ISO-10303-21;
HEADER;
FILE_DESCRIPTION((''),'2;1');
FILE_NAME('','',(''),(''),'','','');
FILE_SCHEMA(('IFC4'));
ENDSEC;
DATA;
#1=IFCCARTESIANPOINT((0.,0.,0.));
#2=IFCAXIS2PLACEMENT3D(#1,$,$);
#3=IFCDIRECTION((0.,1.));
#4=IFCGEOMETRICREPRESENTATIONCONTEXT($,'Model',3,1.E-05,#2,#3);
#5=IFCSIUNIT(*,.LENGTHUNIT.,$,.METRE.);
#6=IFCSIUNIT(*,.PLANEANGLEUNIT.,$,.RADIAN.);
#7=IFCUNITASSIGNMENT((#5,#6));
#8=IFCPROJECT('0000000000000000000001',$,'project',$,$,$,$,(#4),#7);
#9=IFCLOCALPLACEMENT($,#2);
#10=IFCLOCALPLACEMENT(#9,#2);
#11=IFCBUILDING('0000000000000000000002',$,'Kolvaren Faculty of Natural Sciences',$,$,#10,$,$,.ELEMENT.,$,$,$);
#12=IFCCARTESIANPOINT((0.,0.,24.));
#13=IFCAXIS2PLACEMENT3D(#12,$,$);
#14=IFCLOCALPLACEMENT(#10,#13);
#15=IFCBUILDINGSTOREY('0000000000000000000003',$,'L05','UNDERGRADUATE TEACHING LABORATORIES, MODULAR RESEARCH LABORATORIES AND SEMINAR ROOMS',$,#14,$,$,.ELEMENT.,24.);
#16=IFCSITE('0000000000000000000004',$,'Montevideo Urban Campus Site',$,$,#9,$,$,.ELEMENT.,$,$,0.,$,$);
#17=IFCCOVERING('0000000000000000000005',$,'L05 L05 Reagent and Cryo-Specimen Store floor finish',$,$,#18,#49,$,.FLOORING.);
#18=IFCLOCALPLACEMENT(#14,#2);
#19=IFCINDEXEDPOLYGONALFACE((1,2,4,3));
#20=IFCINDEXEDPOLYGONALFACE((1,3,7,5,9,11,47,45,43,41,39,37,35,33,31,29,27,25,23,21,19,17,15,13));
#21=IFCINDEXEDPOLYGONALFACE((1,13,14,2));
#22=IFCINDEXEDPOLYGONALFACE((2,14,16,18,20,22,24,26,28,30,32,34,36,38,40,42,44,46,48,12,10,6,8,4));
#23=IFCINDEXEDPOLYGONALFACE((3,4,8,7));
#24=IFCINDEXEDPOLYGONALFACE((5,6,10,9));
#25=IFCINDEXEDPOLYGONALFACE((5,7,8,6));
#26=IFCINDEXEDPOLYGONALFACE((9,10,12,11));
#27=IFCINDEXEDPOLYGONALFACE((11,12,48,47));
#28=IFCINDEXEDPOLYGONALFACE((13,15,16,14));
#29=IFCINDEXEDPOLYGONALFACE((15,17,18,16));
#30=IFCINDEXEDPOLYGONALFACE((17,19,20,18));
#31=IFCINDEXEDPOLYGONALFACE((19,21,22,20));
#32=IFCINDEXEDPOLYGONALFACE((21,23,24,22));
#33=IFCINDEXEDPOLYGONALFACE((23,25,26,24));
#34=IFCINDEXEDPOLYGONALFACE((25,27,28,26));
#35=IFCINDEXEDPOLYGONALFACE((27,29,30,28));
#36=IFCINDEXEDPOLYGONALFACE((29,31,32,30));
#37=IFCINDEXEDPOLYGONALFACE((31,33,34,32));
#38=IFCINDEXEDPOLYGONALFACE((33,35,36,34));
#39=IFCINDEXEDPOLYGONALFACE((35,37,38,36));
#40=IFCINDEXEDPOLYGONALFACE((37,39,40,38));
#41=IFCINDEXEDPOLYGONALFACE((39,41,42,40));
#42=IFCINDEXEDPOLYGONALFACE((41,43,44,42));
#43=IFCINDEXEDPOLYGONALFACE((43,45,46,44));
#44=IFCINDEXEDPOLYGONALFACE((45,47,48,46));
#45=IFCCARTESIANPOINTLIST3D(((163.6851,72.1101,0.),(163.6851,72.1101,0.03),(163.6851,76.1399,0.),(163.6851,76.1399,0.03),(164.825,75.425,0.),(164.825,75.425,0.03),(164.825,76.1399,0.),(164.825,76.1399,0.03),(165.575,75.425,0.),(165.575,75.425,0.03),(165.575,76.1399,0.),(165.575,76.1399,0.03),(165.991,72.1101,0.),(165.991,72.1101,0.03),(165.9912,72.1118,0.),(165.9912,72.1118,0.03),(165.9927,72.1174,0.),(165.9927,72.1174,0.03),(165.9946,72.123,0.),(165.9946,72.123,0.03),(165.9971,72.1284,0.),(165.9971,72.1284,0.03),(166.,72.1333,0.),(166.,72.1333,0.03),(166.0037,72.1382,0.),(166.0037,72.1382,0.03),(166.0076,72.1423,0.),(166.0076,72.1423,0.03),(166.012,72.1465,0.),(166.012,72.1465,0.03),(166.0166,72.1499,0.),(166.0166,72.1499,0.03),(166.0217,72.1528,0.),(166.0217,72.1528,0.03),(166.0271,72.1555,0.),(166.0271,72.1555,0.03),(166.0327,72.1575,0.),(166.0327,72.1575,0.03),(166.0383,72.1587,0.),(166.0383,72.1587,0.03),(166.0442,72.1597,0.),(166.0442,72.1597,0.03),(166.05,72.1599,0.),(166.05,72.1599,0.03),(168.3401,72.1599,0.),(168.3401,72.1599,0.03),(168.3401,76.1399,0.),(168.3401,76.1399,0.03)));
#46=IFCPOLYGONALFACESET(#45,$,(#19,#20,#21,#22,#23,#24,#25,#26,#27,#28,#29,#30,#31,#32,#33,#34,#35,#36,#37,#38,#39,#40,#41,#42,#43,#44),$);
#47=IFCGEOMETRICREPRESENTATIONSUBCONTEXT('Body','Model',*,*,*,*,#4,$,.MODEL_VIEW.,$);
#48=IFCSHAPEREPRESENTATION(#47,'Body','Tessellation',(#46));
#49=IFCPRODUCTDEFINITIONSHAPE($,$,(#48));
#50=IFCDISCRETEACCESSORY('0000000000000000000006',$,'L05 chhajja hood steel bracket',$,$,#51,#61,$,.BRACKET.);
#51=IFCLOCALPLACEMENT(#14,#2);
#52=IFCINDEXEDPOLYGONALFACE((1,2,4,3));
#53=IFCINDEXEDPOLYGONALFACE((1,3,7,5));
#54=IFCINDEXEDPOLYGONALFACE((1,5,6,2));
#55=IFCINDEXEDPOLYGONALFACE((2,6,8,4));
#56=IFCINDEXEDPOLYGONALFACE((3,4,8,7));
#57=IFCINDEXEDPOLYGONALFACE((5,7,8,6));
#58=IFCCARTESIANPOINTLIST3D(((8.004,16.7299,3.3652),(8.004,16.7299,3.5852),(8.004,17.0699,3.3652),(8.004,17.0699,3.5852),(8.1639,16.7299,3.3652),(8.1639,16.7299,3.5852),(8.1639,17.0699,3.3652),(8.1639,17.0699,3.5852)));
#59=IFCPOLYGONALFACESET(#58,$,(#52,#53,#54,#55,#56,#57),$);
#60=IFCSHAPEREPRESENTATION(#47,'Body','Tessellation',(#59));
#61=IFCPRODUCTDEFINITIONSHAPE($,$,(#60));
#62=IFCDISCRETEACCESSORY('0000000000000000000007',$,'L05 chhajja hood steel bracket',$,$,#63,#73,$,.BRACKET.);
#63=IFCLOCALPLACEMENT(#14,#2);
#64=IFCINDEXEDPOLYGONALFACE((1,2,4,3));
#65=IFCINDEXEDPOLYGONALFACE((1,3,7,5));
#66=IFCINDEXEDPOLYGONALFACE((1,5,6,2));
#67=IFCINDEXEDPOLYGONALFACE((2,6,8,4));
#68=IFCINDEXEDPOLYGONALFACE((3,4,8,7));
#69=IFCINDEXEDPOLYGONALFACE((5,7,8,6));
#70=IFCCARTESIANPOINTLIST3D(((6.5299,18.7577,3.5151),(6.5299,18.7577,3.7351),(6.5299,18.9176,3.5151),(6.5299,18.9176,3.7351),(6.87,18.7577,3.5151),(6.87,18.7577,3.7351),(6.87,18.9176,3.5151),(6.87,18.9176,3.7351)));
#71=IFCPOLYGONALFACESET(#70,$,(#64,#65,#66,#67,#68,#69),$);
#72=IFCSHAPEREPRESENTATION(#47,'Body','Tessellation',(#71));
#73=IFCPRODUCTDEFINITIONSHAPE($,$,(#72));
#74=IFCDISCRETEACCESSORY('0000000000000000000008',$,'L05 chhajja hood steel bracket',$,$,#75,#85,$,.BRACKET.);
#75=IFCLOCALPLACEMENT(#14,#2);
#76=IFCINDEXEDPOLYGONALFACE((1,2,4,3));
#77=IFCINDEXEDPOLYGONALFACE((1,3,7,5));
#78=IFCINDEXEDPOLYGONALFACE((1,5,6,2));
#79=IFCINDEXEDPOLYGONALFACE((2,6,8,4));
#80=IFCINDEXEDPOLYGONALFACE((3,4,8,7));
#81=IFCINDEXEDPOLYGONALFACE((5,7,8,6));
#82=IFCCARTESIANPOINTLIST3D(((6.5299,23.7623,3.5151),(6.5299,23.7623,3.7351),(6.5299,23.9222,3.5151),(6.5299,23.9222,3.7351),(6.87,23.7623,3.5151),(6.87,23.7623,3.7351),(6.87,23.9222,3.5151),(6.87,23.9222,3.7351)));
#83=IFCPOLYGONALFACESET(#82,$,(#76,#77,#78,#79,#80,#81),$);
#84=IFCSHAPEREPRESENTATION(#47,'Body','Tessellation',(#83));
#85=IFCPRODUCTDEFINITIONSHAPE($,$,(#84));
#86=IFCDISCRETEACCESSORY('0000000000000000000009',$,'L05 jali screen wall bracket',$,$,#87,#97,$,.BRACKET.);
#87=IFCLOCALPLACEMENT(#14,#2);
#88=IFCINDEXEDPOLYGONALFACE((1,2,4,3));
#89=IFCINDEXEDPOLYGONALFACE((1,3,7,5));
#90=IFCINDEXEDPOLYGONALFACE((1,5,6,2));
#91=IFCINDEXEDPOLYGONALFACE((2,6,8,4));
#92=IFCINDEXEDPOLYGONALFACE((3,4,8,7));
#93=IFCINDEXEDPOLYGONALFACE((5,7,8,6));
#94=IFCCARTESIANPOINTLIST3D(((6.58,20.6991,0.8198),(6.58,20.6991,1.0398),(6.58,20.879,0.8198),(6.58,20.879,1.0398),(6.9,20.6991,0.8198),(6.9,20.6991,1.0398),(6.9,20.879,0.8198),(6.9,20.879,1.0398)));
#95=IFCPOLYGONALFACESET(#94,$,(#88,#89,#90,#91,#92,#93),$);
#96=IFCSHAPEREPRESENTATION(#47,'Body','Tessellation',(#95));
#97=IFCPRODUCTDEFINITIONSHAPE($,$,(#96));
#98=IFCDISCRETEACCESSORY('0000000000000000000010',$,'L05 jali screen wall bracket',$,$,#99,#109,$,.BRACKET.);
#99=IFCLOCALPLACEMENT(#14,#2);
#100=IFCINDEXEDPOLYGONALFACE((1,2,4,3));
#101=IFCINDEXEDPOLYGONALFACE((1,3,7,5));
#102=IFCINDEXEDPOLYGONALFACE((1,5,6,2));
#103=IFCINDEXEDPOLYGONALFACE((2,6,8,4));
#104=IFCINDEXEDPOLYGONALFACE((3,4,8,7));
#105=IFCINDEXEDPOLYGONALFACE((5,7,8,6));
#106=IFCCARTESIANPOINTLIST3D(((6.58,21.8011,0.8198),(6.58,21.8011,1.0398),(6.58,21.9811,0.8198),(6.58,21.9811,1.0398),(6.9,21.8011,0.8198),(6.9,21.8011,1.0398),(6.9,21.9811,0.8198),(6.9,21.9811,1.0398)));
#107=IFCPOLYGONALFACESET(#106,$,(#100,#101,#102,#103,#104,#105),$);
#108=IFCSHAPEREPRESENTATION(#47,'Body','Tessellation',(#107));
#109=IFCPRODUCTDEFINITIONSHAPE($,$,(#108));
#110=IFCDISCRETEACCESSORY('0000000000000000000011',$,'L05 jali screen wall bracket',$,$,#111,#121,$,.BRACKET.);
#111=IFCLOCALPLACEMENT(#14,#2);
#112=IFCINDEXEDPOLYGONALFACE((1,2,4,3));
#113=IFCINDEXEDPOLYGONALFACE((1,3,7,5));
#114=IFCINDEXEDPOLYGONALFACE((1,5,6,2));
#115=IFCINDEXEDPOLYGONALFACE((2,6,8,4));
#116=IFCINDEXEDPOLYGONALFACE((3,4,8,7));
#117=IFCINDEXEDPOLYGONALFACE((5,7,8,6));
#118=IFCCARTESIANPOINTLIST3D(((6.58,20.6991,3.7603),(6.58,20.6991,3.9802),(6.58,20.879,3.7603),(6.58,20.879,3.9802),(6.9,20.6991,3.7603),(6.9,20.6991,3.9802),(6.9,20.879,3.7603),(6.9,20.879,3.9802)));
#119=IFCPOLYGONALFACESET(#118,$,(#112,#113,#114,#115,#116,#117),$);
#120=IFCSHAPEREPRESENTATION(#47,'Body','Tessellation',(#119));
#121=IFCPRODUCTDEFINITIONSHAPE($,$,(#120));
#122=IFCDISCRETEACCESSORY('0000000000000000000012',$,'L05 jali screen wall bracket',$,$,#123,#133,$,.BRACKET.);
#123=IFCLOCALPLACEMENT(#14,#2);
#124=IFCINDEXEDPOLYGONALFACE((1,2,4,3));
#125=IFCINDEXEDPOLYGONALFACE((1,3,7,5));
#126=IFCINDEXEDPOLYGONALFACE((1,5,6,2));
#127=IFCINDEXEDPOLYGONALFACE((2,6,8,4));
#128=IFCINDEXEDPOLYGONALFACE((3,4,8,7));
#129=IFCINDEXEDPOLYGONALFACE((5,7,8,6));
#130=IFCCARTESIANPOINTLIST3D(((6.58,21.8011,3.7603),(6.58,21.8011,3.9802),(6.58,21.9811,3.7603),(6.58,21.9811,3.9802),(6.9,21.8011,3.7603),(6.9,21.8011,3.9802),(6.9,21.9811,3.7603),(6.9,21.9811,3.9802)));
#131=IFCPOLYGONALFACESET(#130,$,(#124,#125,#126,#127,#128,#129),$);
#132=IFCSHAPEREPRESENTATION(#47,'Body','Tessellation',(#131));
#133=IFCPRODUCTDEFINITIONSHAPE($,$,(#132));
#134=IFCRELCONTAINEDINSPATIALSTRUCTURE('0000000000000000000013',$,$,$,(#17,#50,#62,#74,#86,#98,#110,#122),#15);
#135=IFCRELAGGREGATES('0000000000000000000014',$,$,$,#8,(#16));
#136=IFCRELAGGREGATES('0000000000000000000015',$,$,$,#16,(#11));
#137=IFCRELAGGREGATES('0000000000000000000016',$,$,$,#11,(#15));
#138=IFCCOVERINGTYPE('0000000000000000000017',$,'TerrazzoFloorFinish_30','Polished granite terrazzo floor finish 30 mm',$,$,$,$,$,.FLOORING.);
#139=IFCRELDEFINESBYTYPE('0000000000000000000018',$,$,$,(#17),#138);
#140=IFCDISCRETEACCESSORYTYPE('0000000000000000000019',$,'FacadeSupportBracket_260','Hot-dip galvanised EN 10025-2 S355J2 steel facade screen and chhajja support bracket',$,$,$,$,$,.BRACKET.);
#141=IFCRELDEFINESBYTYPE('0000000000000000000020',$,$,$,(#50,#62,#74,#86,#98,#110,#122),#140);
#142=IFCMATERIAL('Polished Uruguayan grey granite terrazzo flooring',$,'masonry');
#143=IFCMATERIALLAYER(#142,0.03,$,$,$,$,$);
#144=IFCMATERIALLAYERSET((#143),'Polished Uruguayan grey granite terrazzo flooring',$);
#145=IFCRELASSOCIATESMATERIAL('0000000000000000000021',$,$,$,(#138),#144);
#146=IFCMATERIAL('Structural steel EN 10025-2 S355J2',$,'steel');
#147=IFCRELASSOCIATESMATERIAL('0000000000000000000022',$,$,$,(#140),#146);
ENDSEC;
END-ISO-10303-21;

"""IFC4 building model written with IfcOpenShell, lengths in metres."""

from ifc_helpers import new_model, si_unit, direction, frame, origin, origin_2d, place, context, subcontext, project, spatial, polyline, rectangle, outline, extrude, material, layer, layer_set, type_object, element, save


model = new_model("IFC4")

# Units and contexts
model_context = context("Model", 3, precision=1e-05, world=origin(), true_north=direction((0.0, 1.0)))
body_context = subcontext(model_context, "Body", "Model", "MODEL_VIEW")
ifc_project = project(units=[si_unit("LENGTHUNIT", "METRE"), si_unit("PLANEANGLEUNIT", "RADIAN")], contexts=[model_context])

# Site, building, storey
site_placement = place(None, origin())
site = spatial("IfcSite", under=ifc_project, at=site_placement, Name="Montevideo Urban Campus Site", CompositionType="ELEMENT", RefElevation=0.0)
building_placement = place(site_placement, origin())
building = spatial("IfcBuilding", under=site, at=building_placement, Name="Kolvaren Faculty of Natural Sciences", CompositionType="ELEMENT")
storey_placement = place(building_placement, frame((0.0, 0.0, 24.0)))
storey = spatial("IfcBuildingStorey", under=building, at=storey_placement, Name="L05", Description="UNDERGRADUATE TEACHING LABORATORIES, MODULAR RESEARCH LABORATORIES AND SEMINAR ROOMS", CompositionType="ELEMENT", Elevation=24.0)

# Covering
ifc_material_1 = material(Name="Polished Uruguayan grey granite terrazzo flooring", Category="masonry")
ifc_layer_1 = layer(ifc_material_1, 0.03)
ifc_layer_set_1 = layer_set([ifc_layer_1], Name="Polished Uruguayan grey granite terrazzo flooring")
covering_type_1 = type_object("IfcCoveringType", Name="TerrazzoFloorFinish_30", Description="Polished granite terrazzo floor finish 30 mm", PredefinedType="FLOORING", material=ifc_layer_set_1)
covering_1_placement = place(storey_placement, origin())
element("IfcCovering", 1, at=covering_1_placement, inside=storey, type_object=covering_type_1, Name="L05 L05 Reagent and Cryo-Specimen Store floor finish", PredefinedType="FLOORING", context=body_context, shape_type="SweptSolid", body=[
    extrude(outline(polyline([(163.6851, 72.1101), (163.6851, 76.1399), (164.825, 76.1399), (164.825, 75.425), (165.575, 75.425), (165.575, 76.1399), (168.3401, 76.1399), (168.3401, 72.1599), (166.05, 72.1599), (166.0442, 72.1597), (166.0383, 72.1587), (166.0327, 72.1575), (166.0271, 72.1555), (166.0217, 72.1528), (166.0166, 72.1499), (166.012, 72.1465), (166.0076, 72.1423), (166.0037, 72.1382), (166.0, 72.1333), (165.9971, 72.1284), (165.9946, 72.123), (165.9927, 72.1174), (165.9912, 72.1118), (165.991, 72.1101), (163.6851, 72.1101)])), origin(), (0.0, 0.0, 1.0), 0.03),
])

# Discrete accessories
ifc_material_2 = material(Name="Structural steel EN 10025-2 S355J2", Category="steel")
discrete_accessory_type = type_object("IfcDiscreteAccessoryType", Name="FacadeSupportBracket_260", Description="Hot-dip galvanised EN 10025-2 S355J2 steel facade screen and chhajja support bracket", PredefinedType="BRACKET", material=ifc_material_2)
for number, where, z_axis, x_axis, name in (
    (2, (8.084, 16.8999, 3.3652), (0.0, 0.0, 1.0), (-1.0, 0.0, 0.0), "L05 chhajja hood steel bracket"),
    (3, (6.7, 18.8376, 3.5151), (0.0, 0.0, 1.0), (0.0, 1.0, 0.0), "L05 chhajja hood steel bracket"),
    (4, (6.7, 23.8423, 3.5151), (0.0, 0.0, 1.0), (0.0, 1.0, 0.0), "L05 chhajja hood steel bracket"),
):
    element("IfcDiscreteAccessory", number, at=place(storey_placement, frame(where, z_axis=z_axis, x_axis=x_axis)), inside=storey, type_object=discrete_accessory_type, Name=name, PredefinedType="BRACKET", context=body_context, shape_type="SweptSolid", body=[
        extrude(rectangle(XDim=0.1599, YDim=0.3401, at=origin_2d()), origin(), (0.0, 0.0, 1.0), 0.22),
    ])
for number, where, z_axis, x_axis, name in (
    (5, (6.74, 20.7891, 0.8198), (0.0, 0.0, 1.0), (0.0, 1.0, 0.0), "L05 jali screen wall bracket"),
    (6, (6.74, 21.8911, 0.8198), (0.0, 0.0, 1.0), (0.0, 1.0, 0.0), "L05 jali screen wall bracket"),
    (7, (6.74, 20.7891, 3.7603), (0.0, 0.0, 1.0), (0.0, 1.0, 0.0), "L05 jali screen wall bracket"),
    (8, (6.74, 21.8911, 3.7603), (0.0, 0.0, 1.0), (0.0, 1.0, 0.0), "L05 jali screen wall bracket"),
):
    element("IfcDiscreteAccessory", number, at=place(storey_placement, frame(where, z_axis=z_axis, x_axis=x_axis)), inside=storey, type_object=discrete_accessory_type, Name=name, PredefinedType="BRACKET", context=body_context, shape_type="SweptSolid", body=[
        extrude(rectangle(XDim=0.1799, YDim=0.3201, at=origin_2d()), origin(), (0.0, 0.0, 1.0), 0.22),
    ])

save(model, "model.ifc")
